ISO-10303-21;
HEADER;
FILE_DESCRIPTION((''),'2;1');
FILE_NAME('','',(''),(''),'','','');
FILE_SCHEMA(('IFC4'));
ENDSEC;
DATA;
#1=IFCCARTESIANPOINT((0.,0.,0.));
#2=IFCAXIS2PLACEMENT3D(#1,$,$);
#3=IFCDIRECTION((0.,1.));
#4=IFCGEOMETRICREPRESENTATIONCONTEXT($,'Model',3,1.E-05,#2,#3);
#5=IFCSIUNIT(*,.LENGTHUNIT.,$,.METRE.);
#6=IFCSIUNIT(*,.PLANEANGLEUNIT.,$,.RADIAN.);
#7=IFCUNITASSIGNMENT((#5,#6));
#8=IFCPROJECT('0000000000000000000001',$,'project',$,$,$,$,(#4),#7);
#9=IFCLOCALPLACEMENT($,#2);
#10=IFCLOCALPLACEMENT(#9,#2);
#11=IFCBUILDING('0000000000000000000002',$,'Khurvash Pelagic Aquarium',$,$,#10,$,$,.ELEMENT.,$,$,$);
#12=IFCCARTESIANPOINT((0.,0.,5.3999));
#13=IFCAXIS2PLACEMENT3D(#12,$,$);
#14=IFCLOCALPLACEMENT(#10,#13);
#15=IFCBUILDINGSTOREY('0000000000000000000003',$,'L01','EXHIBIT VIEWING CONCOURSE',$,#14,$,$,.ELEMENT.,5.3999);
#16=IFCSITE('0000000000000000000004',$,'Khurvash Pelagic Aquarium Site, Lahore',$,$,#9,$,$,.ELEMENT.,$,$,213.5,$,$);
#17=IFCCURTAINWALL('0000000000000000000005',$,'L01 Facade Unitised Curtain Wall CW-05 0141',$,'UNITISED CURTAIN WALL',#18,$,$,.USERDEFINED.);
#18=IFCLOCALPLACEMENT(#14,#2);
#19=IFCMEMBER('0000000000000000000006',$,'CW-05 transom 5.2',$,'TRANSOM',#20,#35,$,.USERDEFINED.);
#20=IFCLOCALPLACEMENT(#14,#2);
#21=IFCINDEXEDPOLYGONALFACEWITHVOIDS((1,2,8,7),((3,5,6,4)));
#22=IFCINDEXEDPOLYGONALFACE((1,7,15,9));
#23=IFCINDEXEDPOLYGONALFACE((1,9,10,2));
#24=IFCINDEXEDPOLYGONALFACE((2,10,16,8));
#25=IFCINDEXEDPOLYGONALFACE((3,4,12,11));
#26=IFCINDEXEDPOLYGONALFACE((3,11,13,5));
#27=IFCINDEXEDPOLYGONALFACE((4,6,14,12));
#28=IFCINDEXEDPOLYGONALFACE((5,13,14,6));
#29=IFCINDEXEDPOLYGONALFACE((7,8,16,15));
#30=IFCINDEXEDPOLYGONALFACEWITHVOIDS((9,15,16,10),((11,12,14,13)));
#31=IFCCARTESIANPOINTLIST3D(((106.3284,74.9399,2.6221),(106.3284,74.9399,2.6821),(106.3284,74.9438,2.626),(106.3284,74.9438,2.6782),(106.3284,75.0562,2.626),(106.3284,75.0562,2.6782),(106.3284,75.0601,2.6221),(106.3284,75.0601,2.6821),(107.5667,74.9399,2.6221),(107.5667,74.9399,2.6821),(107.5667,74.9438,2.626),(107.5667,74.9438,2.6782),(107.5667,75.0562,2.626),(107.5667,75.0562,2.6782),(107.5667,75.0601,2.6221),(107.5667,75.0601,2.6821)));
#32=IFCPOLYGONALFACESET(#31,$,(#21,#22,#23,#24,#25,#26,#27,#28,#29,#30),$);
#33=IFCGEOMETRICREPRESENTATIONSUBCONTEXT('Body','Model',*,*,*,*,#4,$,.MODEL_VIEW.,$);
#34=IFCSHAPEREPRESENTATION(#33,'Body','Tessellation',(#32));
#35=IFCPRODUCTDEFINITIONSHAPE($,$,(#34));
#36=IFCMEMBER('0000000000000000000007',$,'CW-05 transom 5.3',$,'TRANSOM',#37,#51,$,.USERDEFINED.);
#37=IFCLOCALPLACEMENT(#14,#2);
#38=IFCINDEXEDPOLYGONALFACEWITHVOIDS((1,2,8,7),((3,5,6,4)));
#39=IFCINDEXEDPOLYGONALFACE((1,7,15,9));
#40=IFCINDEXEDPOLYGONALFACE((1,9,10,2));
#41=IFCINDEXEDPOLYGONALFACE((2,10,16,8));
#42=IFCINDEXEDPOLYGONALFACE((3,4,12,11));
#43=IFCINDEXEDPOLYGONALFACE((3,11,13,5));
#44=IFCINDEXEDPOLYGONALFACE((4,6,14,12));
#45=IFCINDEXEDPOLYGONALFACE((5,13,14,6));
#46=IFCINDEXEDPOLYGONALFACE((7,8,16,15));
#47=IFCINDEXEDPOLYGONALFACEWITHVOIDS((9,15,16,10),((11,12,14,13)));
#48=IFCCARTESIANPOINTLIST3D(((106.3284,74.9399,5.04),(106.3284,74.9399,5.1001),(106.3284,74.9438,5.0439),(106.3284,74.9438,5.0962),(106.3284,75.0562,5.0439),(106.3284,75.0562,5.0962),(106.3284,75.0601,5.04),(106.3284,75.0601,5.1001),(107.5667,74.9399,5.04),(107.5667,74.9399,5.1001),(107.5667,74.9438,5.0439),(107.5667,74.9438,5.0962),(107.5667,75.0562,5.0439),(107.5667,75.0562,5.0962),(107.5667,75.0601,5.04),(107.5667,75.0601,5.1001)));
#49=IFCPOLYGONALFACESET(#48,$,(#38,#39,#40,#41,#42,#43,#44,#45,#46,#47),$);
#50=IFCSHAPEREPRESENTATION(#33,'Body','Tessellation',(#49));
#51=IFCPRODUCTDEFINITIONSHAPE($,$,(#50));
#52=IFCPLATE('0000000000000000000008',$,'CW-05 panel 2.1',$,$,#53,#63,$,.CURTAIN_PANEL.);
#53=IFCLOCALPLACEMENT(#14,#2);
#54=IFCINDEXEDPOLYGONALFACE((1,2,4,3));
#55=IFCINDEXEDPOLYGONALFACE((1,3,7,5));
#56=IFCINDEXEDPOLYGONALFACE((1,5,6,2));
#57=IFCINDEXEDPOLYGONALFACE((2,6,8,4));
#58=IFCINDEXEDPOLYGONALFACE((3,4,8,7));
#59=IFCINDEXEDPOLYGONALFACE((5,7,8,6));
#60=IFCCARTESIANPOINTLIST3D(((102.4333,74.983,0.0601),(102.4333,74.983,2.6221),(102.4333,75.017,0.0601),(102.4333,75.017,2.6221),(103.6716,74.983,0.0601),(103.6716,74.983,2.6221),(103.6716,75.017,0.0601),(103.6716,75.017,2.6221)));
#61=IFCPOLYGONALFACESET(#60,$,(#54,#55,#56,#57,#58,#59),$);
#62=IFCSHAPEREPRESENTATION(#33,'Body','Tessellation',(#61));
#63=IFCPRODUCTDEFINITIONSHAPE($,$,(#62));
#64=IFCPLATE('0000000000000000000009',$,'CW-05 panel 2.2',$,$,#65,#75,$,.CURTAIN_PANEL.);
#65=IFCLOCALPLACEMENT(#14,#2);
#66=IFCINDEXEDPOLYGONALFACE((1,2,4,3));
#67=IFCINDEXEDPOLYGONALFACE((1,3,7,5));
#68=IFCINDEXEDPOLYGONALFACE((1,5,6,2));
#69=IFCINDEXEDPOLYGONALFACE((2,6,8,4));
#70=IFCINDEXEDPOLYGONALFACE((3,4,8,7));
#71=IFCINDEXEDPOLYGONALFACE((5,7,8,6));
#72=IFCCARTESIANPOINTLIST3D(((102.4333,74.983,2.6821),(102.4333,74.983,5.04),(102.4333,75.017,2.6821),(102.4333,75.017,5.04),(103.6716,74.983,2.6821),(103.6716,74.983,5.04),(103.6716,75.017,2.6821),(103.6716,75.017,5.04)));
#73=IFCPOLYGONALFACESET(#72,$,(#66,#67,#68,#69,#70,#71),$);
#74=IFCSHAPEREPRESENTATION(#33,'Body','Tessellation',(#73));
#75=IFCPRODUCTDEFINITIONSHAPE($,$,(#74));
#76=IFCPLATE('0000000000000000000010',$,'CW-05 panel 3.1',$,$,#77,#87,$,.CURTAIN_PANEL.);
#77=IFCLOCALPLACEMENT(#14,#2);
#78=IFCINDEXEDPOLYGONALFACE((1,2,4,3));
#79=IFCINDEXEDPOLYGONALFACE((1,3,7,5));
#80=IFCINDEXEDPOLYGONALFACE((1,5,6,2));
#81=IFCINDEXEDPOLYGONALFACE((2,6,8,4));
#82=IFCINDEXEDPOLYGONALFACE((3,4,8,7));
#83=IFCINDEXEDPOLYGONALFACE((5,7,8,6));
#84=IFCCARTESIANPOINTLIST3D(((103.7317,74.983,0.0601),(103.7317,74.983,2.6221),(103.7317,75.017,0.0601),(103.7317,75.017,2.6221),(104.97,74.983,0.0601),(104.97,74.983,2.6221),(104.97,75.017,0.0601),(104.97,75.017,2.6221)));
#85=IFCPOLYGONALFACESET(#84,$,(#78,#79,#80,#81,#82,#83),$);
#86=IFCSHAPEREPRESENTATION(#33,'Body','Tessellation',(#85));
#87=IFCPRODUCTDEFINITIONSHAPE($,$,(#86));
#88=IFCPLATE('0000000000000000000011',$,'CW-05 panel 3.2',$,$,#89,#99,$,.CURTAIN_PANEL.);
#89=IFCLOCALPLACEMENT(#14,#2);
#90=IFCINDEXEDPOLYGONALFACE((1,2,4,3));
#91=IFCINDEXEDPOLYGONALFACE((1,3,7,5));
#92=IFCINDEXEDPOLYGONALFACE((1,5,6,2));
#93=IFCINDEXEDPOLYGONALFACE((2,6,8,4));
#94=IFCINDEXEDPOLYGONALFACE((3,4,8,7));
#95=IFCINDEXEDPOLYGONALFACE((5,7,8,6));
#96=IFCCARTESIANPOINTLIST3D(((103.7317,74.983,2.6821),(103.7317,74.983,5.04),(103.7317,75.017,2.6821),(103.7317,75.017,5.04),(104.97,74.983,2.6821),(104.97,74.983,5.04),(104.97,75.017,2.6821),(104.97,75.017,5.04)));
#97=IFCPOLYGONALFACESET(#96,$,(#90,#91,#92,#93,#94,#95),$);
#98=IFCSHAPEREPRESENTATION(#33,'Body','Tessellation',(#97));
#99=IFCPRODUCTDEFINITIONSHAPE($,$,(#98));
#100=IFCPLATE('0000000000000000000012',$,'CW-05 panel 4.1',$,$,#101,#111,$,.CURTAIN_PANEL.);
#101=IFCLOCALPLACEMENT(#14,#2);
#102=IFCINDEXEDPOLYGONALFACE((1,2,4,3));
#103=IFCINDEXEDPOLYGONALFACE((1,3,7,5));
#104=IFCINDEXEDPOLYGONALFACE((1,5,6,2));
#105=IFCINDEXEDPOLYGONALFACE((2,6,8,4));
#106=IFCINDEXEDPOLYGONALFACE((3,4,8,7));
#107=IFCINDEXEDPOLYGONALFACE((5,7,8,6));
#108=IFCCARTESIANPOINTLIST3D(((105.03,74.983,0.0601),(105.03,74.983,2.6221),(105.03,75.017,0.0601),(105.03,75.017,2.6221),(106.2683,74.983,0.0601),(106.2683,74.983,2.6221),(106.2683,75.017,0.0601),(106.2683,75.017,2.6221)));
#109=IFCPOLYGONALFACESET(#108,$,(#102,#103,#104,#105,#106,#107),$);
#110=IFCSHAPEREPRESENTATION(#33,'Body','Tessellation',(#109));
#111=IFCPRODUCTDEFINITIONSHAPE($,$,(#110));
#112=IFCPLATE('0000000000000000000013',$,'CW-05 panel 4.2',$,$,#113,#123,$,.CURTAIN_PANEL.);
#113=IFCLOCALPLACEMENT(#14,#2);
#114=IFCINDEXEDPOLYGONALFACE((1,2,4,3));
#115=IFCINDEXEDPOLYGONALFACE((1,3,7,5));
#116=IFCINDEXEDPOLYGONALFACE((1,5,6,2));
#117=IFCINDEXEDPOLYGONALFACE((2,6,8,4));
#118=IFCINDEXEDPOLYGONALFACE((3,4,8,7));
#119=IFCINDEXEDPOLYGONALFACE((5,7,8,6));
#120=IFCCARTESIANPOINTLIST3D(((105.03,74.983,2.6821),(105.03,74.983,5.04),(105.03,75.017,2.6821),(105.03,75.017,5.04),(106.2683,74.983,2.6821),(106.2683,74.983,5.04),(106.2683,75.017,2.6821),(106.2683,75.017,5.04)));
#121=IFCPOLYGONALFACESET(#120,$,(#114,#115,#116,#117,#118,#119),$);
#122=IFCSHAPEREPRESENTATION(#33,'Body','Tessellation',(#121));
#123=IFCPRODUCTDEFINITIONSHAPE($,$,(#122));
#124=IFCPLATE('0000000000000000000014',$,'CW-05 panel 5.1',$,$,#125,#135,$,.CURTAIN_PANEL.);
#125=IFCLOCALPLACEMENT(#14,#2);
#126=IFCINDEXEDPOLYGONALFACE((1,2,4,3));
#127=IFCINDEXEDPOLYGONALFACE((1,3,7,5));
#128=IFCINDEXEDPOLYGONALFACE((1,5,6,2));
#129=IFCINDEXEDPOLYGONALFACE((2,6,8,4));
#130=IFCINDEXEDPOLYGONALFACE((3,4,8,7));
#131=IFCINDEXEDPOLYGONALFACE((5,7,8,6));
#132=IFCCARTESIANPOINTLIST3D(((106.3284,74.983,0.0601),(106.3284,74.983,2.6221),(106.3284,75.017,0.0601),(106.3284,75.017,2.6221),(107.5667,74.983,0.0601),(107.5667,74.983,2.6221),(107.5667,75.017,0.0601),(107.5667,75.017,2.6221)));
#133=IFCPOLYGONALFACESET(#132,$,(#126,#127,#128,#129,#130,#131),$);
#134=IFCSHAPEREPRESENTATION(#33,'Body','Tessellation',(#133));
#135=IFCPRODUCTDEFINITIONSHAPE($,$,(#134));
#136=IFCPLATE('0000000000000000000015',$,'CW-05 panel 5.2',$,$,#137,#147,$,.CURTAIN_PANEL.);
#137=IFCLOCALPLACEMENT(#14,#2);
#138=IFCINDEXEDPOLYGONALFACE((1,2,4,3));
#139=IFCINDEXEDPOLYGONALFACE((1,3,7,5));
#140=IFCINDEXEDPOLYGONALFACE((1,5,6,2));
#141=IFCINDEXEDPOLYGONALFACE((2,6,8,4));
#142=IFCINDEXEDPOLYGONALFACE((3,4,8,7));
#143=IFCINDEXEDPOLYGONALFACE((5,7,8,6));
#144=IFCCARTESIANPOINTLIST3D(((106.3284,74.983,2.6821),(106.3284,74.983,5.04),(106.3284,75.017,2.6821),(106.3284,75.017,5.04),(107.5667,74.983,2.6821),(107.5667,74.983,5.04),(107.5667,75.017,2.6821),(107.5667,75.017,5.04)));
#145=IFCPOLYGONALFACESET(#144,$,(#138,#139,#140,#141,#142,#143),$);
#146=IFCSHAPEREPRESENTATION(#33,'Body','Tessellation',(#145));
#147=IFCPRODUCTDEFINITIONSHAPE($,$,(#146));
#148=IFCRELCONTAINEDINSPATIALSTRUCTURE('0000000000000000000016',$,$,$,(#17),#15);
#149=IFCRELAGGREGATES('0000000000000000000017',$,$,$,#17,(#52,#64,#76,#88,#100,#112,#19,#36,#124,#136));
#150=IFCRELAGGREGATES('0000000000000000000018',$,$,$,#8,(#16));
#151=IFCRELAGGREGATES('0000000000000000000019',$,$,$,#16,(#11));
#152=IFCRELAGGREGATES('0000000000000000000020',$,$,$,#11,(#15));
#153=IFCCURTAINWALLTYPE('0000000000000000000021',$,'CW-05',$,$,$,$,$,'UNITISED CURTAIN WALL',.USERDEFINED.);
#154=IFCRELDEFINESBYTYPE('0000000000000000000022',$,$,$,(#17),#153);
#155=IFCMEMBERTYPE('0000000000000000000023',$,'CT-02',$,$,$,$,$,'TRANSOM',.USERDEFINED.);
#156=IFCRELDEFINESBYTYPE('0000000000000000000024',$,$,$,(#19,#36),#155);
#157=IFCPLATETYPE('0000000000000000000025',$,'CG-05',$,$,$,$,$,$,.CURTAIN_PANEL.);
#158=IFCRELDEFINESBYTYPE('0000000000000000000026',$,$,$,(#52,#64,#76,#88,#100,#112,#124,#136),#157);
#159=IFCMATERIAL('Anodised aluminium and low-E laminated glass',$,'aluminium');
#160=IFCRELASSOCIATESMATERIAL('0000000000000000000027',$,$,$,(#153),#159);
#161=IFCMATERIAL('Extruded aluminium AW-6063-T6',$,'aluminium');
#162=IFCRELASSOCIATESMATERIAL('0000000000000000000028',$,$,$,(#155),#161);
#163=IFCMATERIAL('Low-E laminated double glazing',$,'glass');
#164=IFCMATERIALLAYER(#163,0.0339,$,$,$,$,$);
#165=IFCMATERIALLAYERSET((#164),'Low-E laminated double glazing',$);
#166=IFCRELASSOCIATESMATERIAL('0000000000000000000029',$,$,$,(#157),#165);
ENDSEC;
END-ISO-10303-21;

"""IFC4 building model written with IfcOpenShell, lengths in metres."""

from ifc_helpers import new_model, si_unit, direction, frame, origin, origin_2d, place, context, subcontext, project, spatial, rectangle, hollow_rectangle, extrude, material, layer, layer_set, material_profile, profile_set, type_object, element, aggregate, save


model = new_model("IFC4")

# Units and contexts
model_context = context("Model", 3, precision=1e-05, world=origin(), true_north=direction((0.0, 1.0)))
body_context = subcontext(model_context, "Body", "Model", "MODEL_VIEW")
ifc_project = project(units=[si_unit("LENGTHUNIT", "METRE"), si_unit("PLANEANGLEUNIT", "RADIAN")], contexts=[model_context])

# Site, building, storey
site_placement = place(None, origin())
site = spatial("IfcSite", under=ifc_project, at=site_placement, Name="Khurvash Pelagic Aquarium Site, Lahore", CompositionType="ELEMENT", RefElevation=213.5)
building_placement = place(site_placement, origin())
building = spatial("IfcBuilding", under=site, at=building_placement, Name="Khurvash Pelagic Aquarium", CompositionType="ELEMENT")
storey_placement = place(building_placement, frame((0.0, 0.0, 5.3999)))
storey = spatial("IfcBuildingStorey", under=building, at=storey_placement, Name="L01", Description="EXHIBIT VIEWING CONCOURSE", CompositionType="ELEMENT", Elevation=5.3999)

# Curtain wall, members, plates
ifc_material_1 = material(Name="Anodised aluminium and low-E laminated glass", Category="aluminium")
curtain_wall_type = type_object("IfcCurtainWallType", Name="CW-05", ElementType="UNITISED CURTAIN WALL", PredefinedType="USERDEFINED", material=ifc_material_1)
curtain_wall_placement = place(storey_placement, origin())
curtain_wall = element("IfcCurtainWall", 1, at=curtain_wall_placement, inside=storey, type_object=curtain_wall_type, Name="L01 Facade Unitised Curtain Wall CW-05 0141", ObjectType="UNITISED CURTAIN WALL", PredefinedType="USERDEFINED")
ifc_material_2 = material(Name="Extruded aluminium AW-6063-T6", Category="aluminium")
ifc_material_profile_1 = material_profile(ifc_material_2, hollow_rectangle(XDim=0.1201, YDim=0.0601, WallThickness=0.0039, at=origin_2d()), Name="CWT120X60X4")
ifc_profile_set_1 = profile_set([ifc_material_profile_1], Name="Extruded aluminium AW-6063-T6")
member_type_1 = type_object("IfcMemberType", Name="CT-02", ElementType="TRANSOM", PredefinedType="USERDEFINED", material=ifc_profile_set_1)
member_1_placement = place(storey_placement, frame((106.3284, 75.0, 2.6521), z_axis=(1.0, 0.0, 0.0), x_axis=(0.0, 1.0, 0.0)))
member_1 = element("IfcMember", 2, at=member_1_placement, type_object=member_type_1, Name="CW-05 transom 5.2", ObjectType="TRANSOM", PredefinedType="USERDEFINED", context=body_context, shape_type="SweptSolid", body=[
    extrude(hollow_rectangle(XDim=0.1201, YDim=0.0601, WallThickness=0.0039, at=origin_2d()), origin(), (0.0, 0.0, 1.0), 1.2383),
])
member_2_placement = place(storey_placement, frame((106.3284, 75.0, 5.0701), z_axis=(1.0, 0.0, 0.0), x_axis=(0.0, 1.0, 0.0)))
member_2 = element("IfcMember", 3, at=member_2_placement, type_object=member_type_1, Name="CW-05 transom 5.3", ObjectType="TRANSOM", PredefinedType="USERDEFINED", context=body_context, shape_type="SweptSolid", body=[
    extrude(hollow_rectangle(XDim=0.1201, YDim=0.0601, WallThickness=0.0039, at=origin_2d()), origin(), (0.0, 0.0, 1.0), 1.2383),
])
ifc_material_3 = material(Name="Low-E laminated double glazing", Category="glass")
ifc_layer = layer(ifc_material_3, 0.0339)
ifc_layer_set = layer_set([ifc_layer], Name="Low-E laminated double glazing")
plate_type = type_object("IfcPlateType", Name="CG-05", PredefinedType="CURTAIN_PANEL", material=ifc_layer_set)
plate_1_placement = place(storey_placement, frame((103.0525, 75.0, 0.0601), z_axis=(0.0, 0.0, 1.0), x_axis=(1.0, 0.0, 0.0)))
plate_1 = element("IfcPlate", 4, at=plate_1_placement, type_object=plate_type, Name="CW-05 panel 2.1", PredefinedType="CURTAIN_PANEL", context=body_context, shape_type="SweptSolid", body=[
    extrude(rectangle(XDim=1.2383, YDim=0.0339, at=origin_2d()), origin(), (0.0, 0.0, 1.0), 2.562),
])
plate_2_placement = place(storey_placement, frame((103.0525, 75.0, 2.6821), z_axis=(0.0, 0.0, 1.0), x_axis=(1.0, 0.0, 0.0)))
plate_2 = element("IfcPlate", 5, at=plate_2_placement, type_object=plate_type, Name="CW-05 panel 2.2", PredefinedType="CURTAIN_PANEL", context=body_context, shape_type="SweptSolid", body=[
    extrude(rectangle(XDim=1.2383, YDim=0.0339, at=origin_2d()), origin(), (0.0, 0.0, 1.0), 2.3579),
])
plate_3_placement = place(storey_placement, frame((104.3508, 75.0, 0.0601), z_axis=(0.0, 0.0, 1.0), x_axis=(1.0, 0.0, 0.0)))
plate_3 = element("IfcPlate", 6, at=plate_3_placement, type_object=plate_type, Name="CW-05 panel 3.1", PredefinedType="CURTAIN_PANEL", context=body_context, shape_type="SweptSolid", body=[
    extrude(rectangle(XDim=1.2383, YDim=0.0339, at=origin_2d()), origin(), (0.0, 0.0, 1.0), 2.562),
])
plate_4_placement = place(storey_placement, frame((104.3508, 75.0, 2.6821), z_axis=(0.0, 0.0, 1.0), x_axis=(1.0, 0.0, 0.0)))
plate_4 = element("IfcPlate", 7, at=plate_4_placement, type_object=plate_type, Name="CW-05 panel 3.2", PredefinedType="CURTAIN_PANEL", context=body_context, shape_type="SweptSolid", body=[
    extrude(rectangle(XDim=1.2383, YDim=0.0339, at=origin_2d()), origin(), (0.0, 0.0, 1.0), 2.3579),
])
plate_5_placement = place(storey_placement, frame((105.6492, 75.0, 0.0601), z_axis=(0.0, 0.0, 1.0), x_axis=(1.0, 0.0, 0.0)))
plate_5 = element("IfcPlate", 8, at=plate_5_placement, type_object=plate_type, Name="CW-05 panel 4.1", PredefinedType="CURTAIN_PANEL", context=body_context, shape_type="SweptSolid", body=[
    extrude(rectangle(XDim=1.2383, YDim=0.0339, at=origin_2d()), origin(), (0.0, 0.0, 1.0), 2.562),
])
plate_6_placement = place(storey_placement, frame((105.6492, 75.0, 2.6821), z_axis=(0.0, 0.0, 1.0), x_axis=(1.0, 0.0, 0.0)))
plate_6 = element("IfcPlate", 9, at=plate_6_placement, type_object=plate_type, Name="CW-05 panel 4.2", PredefinedType="CURTAIN_PANEL", context=body_context, shape_type="SweptSolid", body=[
    extrude(rectangle(XDim=1.2383, YDim=0.0339, at=origin_2d()), origin(), (0.0, 0.0, 1.0), 2.3579),
])
plate_7_placement = place(storey_placement, frame((106.9475, 75.0, 0.0601), z_axis=(0.0, 0.0, 1.0), x_axis=(1.0, 0.0, 0.0)))
plate_7 = element("IfcPlate", 10, at=plate_7_placement, type_object=plate_type, Name="CW-05 panel 5.1", PredefinedType="CURTAIN_PANEL", context=body_context, shape_type="SweptSolid", body=[
    extrude(rectangle(XDim=1.2383, YDim=0.0339, at=origin_2d()), origin(), (0.0, 0.0, 1.0), 2.562),
])
plate_8_placement = place(storey_placement, frame((106.9475, 75.0, 2.6821), z_axis=(0.0, 0.0, 1.0), x_axis=(1.0, 0.0, 0.0)))
plate_8 = element("IfcPlate", 11, at=plate_8_placement, type_object=plate_type, Name="CW-05 panel 5.2", PredefinedType="CURTAIN_PANEL", context=body_context, shape_type="SweptSolid", body=[
    extrude(rectangle(XDim=1.2383, YDim=0.0339, at=origin_2d()), origin(), (0.0, 0.0, 1.0), 2.3579),
])
aggregate(curtain_wall, [plate_1, plate_2, plate_3, plate_4, plate_5, plate_6, member_1, member_2, plate_7, plate_8])

save(model, "model.ifc")
